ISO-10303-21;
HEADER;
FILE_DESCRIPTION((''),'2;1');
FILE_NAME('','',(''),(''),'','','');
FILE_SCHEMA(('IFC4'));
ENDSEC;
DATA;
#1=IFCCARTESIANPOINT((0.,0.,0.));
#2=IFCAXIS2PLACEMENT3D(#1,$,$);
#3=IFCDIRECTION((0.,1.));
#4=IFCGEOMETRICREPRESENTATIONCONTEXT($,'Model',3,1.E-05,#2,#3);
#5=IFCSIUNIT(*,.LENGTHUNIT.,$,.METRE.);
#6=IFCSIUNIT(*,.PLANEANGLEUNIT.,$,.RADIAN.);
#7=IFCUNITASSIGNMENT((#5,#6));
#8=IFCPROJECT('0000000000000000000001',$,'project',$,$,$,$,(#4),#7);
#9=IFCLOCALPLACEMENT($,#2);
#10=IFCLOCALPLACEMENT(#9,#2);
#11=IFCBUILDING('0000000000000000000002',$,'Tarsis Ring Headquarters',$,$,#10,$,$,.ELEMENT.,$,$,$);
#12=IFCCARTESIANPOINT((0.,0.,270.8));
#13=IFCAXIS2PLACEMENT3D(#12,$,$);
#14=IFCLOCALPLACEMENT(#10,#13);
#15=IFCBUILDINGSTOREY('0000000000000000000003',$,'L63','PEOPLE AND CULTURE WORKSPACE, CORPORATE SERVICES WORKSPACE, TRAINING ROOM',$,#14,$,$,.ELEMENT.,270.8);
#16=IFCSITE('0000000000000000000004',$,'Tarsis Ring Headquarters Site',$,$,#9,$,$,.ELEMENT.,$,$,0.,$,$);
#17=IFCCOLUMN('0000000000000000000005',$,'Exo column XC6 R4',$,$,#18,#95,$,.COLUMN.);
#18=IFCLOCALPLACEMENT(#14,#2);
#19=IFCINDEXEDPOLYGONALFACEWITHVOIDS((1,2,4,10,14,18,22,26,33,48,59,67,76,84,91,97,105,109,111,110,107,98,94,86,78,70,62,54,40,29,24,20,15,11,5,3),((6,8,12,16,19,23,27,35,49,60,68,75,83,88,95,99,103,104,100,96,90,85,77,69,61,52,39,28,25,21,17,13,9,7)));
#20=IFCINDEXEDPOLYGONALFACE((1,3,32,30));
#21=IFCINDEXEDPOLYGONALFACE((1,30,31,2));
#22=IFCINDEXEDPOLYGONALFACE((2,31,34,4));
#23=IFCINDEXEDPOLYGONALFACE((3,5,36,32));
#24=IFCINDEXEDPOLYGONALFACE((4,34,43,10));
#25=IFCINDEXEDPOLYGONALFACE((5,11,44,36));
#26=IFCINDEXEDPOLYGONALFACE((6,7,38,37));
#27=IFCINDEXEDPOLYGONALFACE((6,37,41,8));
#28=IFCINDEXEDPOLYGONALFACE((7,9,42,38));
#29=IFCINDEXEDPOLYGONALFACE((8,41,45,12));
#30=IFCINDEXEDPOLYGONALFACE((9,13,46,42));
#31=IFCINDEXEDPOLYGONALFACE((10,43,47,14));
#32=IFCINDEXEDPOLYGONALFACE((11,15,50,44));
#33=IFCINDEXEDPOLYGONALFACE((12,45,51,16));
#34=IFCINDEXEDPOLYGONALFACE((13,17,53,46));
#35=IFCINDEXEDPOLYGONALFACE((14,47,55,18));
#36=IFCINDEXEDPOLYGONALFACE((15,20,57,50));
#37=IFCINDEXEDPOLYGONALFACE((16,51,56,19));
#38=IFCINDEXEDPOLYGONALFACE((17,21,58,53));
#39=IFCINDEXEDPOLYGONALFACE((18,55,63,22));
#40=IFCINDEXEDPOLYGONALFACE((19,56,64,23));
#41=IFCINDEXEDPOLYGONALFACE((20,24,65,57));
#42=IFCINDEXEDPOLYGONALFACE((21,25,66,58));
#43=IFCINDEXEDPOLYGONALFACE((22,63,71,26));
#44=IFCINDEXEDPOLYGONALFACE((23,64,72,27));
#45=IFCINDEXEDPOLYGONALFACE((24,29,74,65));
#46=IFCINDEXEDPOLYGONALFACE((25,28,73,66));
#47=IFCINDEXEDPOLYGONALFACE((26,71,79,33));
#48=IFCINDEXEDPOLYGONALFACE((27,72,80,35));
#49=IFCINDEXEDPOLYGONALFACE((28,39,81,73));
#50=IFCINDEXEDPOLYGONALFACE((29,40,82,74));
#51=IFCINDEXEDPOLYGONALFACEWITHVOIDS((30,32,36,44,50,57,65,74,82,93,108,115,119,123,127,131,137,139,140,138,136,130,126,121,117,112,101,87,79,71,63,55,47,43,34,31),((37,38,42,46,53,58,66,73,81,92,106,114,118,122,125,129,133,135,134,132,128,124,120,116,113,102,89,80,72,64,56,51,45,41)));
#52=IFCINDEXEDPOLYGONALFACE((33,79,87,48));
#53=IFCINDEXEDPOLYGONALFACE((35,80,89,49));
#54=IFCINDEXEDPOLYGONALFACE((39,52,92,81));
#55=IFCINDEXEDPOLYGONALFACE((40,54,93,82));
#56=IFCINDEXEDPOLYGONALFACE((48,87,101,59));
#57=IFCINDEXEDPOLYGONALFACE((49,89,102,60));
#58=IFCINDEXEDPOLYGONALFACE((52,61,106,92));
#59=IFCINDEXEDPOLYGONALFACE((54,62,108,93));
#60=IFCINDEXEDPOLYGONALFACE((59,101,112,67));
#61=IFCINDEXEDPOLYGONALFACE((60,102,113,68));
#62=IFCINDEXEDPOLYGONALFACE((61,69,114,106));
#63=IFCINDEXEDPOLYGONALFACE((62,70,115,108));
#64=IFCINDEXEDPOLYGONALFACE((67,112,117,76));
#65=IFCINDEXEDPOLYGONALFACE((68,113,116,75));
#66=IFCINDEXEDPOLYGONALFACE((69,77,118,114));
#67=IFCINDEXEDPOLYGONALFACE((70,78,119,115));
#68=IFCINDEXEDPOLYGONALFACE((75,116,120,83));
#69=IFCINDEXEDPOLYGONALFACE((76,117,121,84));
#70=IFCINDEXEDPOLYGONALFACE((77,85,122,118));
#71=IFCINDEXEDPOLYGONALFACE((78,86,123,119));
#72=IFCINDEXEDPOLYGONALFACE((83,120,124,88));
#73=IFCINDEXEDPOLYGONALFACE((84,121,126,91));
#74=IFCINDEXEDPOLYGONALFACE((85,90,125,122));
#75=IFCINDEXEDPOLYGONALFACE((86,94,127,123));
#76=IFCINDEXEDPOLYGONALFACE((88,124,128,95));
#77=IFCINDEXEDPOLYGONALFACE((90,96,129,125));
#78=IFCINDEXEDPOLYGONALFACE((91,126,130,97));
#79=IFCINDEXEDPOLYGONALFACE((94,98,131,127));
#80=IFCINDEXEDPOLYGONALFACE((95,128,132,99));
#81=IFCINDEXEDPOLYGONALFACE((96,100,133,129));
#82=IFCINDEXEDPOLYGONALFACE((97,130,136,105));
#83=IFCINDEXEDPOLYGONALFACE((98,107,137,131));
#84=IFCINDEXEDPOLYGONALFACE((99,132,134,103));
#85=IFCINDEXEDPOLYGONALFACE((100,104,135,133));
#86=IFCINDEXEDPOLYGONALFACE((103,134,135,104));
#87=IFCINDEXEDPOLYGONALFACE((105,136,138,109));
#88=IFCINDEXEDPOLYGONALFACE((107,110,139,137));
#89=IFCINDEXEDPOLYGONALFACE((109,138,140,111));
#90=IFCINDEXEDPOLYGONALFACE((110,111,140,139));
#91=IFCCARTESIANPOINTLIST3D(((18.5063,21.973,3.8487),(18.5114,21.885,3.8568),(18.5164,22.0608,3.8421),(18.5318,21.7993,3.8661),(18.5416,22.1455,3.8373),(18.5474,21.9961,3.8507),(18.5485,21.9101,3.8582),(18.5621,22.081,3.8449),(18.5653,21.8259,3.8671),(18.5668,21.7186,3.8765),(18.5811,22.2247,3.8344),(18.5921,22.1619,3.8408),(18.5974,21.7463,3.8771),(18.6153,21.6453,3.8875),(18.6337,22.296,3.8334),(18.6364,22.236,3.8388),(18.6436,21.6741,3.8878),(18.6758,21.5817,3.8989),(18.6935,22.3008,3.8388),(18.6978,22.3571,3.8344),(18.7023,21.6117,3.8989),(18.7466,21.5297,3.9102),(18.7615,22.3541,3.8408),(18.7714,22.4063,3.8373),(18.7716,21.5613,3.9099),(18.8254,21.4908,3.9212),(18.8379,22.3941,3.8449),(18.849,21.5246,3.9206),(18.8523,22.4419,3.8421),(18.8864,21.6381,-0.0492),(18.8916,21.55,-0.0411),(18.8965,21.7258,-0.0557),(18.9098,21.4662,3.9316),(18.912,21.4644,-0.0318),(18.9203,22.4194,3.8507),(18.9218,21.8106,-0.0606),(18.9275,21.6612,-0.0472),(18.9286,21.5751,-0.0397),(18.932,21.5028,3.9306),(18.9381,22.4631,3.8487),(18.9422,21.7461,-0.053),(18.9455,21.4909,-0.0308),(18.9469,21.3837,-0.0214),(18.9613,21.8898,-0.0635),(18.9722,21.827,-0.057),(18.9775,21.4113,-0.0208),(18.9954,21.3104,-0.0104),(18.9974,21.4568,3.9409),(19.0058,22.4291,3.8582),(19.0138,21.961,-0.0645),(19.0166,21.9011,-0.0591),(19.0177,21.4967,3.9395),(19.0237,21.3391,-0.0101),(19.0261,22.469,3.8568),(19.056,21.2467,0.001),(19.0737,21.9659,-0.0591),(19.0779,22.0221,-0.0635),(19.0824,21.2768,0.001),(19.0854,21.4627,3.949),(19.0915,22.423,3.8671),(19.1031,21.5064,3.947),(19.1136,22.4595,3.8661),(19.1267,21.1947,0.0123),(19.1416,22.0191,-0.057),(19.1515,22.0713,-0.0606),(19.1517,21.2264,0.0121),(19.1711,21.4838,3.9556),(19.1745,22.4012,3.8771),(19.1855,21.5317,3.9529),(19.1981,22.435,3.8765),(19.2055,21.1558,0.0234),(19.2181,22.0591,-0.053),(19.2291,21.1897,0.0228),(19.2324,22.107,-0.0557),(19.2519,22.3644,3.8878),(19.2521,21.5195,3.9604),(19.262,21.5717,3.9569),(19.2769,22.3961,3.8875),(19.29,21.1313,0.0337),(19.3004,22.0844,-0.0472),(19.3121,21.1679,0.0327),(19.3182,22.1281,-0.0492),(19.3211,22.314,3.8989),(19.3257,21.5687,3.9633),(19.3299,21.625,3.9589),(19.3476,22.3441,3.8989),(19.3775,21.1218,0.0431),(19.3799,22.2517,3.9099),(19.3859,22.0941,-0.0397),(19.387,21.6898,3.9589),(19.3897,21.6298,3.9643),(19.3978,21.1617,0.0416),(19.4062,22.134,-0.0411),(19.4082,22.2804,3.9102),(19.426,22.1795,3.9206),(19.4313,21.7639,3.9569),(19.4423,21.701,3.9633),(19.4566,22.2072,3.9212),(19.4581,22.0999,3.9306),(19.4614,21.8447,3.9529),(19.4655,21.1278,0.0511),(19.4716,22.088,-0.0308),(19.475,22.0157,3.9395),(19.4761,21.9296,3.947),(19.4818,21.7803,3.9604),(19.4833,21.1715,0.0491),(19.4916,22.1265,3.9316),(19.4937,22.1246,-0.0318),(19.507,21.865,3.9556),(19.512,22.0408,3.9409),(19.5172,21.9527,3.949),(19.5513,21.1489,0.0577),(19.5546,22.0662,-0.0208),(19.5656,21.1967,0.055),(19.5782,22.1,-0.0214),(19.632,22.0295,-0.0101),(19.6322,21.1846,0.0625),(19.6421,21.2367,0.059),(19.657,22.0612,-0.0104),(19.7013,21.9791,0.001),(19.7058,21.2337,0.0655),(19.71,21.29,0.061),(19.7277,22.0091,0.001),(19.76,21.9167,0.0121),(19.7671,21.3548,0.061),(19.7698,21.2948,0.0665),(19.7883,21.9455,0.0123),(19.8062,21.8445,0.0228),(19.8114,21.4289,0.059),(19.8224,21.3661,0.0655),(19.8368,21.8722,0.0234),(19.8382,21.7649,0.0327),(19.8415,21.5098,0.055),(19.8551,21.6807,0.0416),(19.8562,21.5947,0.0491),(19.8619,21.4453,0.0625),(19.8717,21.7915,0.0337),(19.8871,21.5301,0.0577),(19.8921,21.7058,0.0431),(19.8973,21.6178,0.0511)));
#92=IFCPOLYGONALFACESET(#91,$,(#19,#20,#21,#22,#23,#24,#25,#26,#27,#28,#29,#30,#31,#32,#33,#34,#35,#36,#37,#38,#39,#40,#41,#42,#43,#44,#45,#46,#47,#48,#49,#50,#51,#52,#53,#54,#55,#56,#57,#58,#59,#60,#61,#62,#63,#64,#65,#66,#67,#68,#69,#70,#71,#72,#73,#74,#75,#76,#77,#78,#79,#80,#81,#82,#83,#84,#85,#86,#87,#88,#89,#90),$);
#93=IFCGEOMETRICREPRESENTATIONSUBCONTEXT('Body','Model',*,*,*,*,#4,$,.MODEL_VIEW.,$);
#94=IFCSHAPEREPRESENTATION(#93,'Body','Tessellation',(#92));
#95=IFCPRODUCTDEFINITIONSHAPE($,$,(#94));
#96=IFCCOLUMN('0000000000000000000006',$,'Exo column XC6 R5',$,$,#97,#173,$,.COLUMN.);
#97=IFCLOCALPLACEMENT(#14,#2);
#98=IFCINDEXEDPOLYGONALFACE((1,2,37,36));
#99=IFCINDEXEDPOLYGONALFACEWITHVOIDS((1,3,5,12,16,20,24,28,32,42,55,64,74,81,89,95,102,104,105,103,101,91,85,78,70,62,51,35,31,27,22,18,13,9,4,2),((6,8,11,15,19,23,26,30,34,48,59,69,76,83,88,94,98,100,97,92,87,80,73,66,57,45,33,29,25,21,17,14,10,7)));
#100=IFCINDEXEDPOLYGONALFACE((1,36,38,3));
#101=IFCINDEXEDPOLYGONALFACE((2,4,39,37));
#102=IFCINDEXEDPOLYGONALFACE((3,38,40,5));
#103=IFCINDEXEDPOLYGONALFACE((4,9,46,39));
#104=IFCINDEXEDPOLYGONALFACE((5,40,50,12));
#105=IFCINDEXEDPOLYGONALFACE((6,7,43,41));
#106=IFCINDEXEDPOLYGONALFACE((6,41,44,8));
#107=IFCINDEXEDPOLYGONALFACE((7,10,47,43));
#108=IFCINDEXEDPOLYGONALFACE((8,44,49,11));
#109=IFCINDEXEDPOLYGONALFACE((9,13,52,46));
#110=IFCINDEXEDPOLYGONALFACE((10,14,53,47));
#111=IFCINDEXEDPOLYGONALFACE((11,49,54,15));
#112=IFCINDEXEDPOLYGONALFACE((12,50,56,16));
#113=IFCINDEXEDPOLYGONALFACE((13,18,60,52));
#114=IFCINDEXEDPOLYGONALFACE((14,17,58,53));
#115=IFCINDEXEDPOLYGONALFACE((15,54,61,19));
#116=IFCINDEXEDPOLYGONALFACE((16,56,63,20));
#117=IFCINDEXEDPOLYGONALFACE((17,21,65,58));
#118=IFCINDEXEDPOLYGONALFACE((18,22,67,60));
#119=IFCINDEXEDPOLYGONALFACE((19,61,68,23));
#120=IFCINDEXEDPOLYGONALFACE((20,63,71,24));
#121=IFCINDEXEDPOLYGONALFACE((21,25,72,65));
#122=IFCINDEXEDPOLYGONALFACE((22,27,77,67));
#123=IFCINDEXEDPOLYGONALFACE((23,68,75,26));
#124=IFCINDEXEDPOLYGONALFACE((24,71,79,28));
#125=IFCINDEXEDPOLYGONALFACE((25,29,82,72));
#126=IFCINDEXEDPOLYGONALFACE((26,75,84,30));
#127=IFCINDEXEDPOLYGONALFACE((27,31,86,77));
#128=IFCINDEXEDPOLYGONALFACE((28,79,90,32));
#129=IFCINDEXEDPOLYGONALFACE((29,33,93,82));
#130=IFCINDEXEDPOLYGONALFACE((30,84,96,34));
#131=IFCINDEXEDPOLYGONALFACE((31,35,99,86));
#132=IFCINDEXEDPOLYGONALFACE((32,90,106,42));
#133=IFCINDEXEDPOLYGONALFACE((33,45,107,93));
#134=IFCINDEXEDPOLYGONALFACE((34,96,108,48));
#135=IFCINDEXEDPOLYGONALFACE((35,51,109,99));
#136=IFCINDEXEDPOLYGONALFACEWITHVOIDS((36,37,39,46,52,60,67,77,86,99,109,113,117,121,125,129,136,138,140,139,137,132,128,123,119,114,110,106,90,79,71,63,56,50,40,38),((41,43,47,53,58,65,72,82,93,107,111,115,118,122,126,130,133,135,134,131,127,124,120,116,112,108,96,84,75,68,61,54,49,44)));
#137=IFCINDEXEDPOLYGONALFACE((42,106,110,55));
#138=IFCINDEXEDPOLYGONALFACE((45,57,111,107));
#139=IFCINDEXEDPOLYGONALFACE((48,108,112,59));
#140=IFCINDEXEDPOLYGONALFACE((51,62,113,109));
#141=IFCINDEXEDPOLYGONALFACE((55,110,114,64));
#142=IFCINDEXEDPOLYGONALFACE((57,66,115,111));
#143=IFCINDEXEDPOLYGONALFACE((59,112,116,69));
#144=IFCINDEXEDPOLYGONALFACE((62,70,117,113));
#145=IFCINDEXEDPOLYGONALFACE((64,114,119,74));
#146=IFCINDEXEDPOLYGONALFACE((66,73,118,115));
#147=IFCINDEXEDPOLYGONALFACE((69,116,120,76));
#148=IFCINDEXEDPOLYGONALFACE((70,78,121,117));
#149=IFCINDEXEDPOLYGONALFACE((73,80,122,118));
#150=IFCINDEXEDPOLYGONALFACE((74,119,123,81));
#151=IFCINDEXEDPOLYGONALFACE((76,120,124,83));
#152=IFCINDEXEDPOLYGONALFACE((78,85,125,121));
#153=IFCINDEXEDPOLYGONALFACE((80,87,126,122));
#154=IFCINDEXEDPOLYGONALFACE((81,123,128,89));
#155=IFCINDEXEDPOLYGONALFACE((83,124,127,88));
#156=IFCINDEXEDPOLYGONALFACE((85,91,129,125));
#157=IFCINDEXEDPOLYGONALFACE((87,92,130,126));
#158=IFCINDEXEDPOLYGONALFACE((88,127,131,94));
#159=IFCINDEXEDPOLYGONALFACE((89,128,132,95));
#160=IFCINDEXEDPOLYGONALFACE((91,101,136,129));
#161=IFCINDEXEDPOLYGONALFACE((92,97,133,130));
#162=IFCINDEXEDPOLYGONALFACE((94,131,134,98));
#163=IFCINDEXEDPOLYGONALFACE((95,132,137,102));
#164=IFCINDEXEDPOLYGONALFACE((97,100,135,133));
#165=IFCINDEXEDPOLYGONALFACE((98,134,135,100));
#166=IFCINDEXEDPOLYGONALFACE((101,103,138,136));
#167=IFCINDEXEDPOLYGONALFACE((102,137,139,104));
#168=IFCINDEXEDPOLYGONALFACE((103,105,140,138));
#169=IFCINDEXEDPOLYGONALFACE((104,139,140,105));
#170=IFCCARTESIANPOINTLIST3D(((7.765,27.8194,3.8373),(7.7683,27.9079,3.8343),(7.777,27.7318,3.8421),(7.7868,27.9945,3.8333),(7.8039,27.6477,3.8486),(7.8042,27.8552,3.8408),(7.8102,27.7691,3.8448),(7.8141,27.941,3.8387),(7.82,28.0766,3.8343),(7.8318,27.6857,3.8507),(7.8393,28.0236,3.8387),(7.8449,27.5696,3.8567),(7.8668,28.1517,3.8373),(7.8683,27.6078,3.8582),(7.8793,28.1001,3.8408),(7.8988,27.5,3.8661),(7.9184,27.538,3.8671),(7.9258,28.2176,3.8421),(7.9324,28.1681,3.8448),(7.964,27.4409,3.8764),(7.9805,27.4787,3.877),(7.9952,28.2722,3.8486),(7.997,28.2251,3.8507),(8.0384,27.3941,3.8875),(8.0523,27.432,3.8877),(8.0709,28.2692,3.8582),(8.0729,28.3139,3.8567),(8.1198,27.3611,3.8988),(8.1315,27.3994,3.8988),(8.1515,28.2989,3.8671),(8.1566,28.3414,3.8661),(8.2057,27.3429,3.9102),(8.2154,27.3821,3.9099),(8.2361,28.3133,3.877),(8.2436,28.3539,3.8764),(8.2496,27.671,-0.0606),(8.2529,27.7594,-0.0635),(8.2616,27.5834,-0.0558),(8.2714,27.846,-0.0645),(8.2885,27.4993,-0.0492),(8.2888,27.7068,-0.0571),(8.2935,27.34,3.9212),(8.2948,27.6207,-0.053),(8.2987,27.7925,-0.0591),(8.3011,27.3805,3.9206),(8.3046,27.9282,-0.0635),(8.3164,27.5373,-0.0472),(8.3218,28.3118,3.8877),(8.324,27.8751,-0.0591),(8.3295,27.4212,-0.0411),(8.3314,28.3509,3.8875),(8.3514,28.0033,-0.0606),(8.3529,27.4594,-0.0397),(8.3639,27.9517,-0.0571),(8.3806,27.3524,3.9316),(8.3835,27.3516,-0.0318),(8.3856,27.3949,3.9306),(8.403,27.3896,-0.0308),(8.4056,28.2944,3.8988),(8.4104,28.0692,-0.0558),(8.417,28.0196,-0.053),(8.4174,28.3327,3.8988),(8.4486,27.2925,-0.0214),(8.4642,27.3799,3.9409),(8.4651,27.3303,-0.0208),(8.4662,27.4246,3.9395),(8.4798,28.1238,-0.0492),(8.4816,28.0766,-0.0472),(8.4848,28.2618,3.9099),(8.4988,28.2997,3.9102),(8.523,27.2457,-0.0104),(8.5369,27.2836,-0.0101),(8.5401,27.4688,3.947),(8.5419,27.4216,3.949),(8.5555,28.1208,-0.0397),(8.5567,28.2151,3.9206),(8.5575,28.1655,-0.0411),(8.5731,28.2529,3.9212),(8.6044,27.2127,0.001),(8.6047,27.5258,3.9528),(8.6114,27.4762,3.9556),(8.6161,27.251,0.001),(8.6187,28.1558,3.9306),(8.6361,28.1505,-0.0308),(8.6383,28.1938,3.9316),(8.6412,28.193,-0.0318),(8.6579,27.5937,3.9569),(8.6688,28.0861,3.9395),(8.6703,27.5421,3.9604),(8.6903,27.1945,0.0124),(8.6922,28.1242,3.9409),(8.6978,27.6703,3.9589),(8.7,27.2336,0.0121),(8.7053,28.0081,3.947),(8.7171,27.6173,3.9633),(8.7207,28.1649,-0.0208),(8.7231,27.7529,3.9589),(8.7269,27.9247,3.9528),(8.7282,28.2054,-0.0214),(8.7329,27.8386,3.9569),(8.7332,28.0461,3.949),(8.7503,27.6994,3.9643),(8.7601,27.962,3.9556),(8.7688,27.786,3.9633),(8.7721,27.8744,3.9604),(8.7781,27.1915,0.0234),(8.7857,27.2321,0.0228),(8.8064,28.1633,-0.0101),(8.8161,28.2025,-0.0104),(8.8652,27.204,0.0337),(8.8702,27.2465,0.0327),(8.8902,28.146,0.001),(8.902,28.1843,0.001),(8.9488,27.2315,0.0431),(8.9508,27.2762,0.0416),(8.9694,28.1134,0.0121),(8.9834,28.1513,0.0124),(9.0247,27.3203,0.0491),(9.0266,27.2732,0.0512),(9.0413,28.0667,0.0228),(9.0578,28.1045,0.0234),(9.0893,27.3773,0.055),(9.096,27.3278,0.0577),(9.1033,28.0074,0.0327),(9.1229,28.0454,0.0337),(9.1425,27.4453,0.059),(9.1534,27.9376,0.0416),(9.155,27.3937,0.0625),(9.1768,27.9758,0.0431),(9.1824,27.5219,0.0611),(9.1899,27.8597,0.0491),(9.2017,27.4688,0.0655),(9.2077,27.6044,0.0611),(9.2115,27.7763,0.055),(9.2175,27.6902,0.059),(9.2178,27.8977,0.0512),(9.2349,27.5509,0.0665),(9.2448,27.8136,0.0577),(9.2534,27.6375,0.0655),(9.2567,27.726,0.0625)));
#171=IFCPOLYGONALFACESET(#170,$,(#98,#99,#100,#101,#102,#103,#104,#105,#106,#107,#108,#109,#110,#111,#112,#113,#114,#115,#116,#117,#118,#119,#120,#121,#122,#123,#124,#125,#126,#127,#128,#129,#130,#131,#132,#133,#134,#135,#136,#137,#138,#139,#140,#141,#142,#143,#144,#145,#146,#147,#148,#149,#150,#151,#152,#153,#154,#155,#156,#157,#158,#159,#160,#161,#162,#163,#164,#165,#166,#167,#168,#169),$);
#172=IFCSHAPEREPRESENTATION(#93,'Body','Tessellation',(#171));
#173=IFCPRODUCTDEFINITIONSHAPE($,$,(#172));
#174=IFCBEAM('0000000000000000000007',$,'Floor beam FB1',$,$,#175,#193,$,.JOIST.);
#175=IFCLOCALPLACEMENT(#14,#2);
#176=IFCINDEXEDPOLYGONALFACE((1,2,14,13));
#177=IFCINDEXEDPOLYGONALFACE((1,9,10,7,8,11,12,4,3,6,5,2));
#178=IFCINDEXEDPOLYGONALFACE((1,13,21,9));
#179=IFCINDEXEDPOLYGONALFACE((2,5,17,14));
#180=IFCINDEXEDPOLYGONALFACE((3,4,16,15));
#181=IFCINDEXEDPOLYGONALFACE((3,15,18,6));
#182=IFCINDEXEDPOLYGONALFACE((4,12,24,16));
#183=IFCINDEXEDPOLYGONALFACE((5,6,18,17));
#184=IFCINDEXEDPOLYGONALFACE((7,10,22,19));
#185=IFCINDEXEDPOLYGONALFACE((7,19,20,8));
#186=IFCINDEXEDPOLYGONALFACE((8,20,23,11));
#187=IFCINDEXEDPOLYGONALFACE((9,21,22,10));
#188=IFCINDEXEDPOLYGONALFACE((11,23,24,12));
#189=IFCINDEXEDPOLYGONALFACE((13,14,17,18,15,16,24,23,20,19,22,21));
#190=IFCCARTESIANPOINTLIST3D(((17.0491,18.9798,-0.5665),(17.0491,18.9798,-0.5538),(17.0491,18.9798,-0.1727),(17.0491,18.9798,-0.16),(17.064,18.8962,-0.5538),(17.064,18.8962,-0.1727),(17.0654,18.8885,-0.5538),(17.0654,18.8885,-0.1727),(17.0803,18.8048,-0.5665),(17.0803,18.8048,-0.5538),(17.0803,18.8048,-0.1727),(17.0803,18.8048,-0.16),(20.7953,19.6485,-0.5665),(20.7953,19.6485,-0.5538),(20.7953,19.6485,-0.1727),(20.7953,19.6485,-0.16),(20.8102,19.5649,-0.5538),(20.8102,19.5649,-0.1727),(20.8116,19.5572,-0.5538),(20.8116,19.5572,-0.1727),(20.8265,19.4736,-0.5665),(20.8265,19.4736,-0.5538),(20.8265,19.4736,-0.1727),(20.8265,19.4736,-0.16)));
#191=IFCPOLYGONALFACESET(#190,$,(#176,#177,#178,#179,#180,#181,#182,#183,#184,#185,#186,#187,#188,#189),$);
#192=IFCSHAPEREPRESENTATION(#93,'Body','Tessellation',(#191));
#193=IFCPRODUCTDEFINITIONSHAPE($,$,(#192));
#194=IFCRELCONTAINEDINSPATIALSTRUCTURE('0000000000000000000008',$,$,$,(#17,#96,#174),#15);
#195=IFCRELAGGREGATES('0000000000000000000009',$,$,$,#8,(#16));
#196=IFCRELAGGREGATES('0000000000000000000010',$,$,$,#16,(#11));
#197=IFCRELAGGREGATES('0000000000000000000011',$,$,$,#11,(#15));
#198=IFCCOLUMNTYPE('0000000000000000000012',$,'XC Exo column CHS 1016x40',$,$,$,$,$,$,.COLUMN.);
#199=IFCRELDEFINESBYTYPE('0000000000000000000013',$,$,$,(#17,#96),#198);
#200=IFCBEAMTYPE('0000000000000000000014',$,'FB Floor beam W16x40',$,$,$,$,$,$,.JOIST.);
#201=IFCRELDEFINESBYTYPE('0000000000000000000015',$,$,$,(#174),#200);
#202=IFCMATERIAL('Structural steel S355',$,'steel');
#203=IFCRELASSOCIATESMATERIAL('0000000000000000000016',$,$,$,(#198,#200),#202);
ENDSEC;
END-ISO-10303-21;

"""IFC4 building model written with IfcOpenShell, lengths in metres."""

from ifc_helpers import new_model, si_unit, direction, frame, origin, origin_2d, place, context, subcontext, project, spatial, hollow_circle, i_section, extrude, material, material_profile, profile_set, type_object, element, save


model = new_model("IFC4")

# Units and contexts
model_context = context("Model", 3, precision=1e-05, world=origin(), true_north=direction((0.0, 1.0)))
body_context = subcontext(model_context, "Body", "Model", "MODEL_VIEW")
ifc_project = project(units=[si_unit("LENGTHUNIT", "METRE"), si_unit("PLANEANGLEUNIT", "RADIAN")], contexts=[model_context])

# Site, building, storey
site_placement = place(None, origin())
site = spatial("IfcSite", under=ifc_project, at=site_placement, Name="Tarsis Ring Headquarters Site", CompositionType="ELEMENT", RefElevation=0.0)
building_placement = place(site_placement, origin())
building = spatial("IfcBuilding", under=site, at=building_placement, Name="Tarsis Ring Headquarters", CompositionType="ELEMENT")
storey_placement = place(building_placement, frame((0.0, 0.0, 270.8)))
storey = spatial("IfcBuildingStorey", under=building, at=storey_placement, Name="L63", Description="PEOPLE AND CULTURE WORKSPACE, CORPORATE SERVICES WORKSPACE, TRAINING ROOM", CompositionType="ELEMENT", Elevation=270.8)

# Columns
ifc_material_1 = material(Name="Structural steel S355", Category="steel")
ifc_material_profile_1 = material_profile(ifc_material_1, hollow_circle(Radius=0.5081, WallThickness=0.04, at=origin_2d()), Name="CHS 1016x40")
ifc_profile_set_1 = profile_set([ifc_material_profile_1], Name="Structural steel S355")
column_type = type_object("IfcColumnType", Name="XC Exo column CHS 1016x40", PredefinedType="COLUMN", material=ifc_profile_set_1)
for number, where, z_axis, x_axis, name in (
    (1, (19.3918, 21.6279, 0.001), (-0.096706, 0.085216, 0.991658), (-0.661127, -0.750274, 0.0), "Exo column XC6 R4"),
    (2, (8.7532, 27.6985, 0.001), (-0.123289, 0.037763, 0.991652), (-0.292867, -0.956153, 0.0), "Exo column XC6 R5"),
):
    element("IfcColumn", number, at=place(storey_placement, frame(where, z_axis=z_axis, x_axis=x_axis)), inside=storey, type_object=column_type, Name=name, PredefinedType="COLUMN", context=body_context, shape_type="SweptSolid", body=[
        extrude(hollow_circle(Radius=0.5081, WallThickness=0.04, at=origin_2d()), origin(), (0.0, 0.0, 1.0), 3.9307),
    ])

# Beam
ifc_material_profile_2 = material_profile(ifc_material_1, i_section(OverallWidth=0.1777, OverallDepth=0.4065, WebThickness=0.0078, FlangeThickness=0.0127, at=origin_2d()), Name="W16x40")
ifc_profile_set_2 = profile_set([ifc_material_profile_2], Name="Structural steel S355")
beam_type_1 = type_object("IfcBeamType", Name="FB Floor beam W16x40", PredefinedType="JOIST", material=ifc_profile_set_2)
beam_1_placement = place(storey_placement, frame((17.0647, 18.8923, -0.3633), z_axis=(0.984439, 0.175728, 0.0), x_axis=(-0.175728, 0.984439, 0.0)))
element("IfcBeam", 3, at=beam_1_placement, inside=storey, type_object=beam_type_1, Name="Floor beam FB1", PredefinedType="JOIST", context=body_context, shape_type="SweptSolid", body=[
    extrude(i_section(OverallWidth=0.1777, OverallDepth=0.4065, WebThickness=0.0078, FlangeThickness=0.0127, at=origin_2d()), origin(), (0.0, 0.0, 1.0), 3.8054),
])

save(model, "model.ifc")
